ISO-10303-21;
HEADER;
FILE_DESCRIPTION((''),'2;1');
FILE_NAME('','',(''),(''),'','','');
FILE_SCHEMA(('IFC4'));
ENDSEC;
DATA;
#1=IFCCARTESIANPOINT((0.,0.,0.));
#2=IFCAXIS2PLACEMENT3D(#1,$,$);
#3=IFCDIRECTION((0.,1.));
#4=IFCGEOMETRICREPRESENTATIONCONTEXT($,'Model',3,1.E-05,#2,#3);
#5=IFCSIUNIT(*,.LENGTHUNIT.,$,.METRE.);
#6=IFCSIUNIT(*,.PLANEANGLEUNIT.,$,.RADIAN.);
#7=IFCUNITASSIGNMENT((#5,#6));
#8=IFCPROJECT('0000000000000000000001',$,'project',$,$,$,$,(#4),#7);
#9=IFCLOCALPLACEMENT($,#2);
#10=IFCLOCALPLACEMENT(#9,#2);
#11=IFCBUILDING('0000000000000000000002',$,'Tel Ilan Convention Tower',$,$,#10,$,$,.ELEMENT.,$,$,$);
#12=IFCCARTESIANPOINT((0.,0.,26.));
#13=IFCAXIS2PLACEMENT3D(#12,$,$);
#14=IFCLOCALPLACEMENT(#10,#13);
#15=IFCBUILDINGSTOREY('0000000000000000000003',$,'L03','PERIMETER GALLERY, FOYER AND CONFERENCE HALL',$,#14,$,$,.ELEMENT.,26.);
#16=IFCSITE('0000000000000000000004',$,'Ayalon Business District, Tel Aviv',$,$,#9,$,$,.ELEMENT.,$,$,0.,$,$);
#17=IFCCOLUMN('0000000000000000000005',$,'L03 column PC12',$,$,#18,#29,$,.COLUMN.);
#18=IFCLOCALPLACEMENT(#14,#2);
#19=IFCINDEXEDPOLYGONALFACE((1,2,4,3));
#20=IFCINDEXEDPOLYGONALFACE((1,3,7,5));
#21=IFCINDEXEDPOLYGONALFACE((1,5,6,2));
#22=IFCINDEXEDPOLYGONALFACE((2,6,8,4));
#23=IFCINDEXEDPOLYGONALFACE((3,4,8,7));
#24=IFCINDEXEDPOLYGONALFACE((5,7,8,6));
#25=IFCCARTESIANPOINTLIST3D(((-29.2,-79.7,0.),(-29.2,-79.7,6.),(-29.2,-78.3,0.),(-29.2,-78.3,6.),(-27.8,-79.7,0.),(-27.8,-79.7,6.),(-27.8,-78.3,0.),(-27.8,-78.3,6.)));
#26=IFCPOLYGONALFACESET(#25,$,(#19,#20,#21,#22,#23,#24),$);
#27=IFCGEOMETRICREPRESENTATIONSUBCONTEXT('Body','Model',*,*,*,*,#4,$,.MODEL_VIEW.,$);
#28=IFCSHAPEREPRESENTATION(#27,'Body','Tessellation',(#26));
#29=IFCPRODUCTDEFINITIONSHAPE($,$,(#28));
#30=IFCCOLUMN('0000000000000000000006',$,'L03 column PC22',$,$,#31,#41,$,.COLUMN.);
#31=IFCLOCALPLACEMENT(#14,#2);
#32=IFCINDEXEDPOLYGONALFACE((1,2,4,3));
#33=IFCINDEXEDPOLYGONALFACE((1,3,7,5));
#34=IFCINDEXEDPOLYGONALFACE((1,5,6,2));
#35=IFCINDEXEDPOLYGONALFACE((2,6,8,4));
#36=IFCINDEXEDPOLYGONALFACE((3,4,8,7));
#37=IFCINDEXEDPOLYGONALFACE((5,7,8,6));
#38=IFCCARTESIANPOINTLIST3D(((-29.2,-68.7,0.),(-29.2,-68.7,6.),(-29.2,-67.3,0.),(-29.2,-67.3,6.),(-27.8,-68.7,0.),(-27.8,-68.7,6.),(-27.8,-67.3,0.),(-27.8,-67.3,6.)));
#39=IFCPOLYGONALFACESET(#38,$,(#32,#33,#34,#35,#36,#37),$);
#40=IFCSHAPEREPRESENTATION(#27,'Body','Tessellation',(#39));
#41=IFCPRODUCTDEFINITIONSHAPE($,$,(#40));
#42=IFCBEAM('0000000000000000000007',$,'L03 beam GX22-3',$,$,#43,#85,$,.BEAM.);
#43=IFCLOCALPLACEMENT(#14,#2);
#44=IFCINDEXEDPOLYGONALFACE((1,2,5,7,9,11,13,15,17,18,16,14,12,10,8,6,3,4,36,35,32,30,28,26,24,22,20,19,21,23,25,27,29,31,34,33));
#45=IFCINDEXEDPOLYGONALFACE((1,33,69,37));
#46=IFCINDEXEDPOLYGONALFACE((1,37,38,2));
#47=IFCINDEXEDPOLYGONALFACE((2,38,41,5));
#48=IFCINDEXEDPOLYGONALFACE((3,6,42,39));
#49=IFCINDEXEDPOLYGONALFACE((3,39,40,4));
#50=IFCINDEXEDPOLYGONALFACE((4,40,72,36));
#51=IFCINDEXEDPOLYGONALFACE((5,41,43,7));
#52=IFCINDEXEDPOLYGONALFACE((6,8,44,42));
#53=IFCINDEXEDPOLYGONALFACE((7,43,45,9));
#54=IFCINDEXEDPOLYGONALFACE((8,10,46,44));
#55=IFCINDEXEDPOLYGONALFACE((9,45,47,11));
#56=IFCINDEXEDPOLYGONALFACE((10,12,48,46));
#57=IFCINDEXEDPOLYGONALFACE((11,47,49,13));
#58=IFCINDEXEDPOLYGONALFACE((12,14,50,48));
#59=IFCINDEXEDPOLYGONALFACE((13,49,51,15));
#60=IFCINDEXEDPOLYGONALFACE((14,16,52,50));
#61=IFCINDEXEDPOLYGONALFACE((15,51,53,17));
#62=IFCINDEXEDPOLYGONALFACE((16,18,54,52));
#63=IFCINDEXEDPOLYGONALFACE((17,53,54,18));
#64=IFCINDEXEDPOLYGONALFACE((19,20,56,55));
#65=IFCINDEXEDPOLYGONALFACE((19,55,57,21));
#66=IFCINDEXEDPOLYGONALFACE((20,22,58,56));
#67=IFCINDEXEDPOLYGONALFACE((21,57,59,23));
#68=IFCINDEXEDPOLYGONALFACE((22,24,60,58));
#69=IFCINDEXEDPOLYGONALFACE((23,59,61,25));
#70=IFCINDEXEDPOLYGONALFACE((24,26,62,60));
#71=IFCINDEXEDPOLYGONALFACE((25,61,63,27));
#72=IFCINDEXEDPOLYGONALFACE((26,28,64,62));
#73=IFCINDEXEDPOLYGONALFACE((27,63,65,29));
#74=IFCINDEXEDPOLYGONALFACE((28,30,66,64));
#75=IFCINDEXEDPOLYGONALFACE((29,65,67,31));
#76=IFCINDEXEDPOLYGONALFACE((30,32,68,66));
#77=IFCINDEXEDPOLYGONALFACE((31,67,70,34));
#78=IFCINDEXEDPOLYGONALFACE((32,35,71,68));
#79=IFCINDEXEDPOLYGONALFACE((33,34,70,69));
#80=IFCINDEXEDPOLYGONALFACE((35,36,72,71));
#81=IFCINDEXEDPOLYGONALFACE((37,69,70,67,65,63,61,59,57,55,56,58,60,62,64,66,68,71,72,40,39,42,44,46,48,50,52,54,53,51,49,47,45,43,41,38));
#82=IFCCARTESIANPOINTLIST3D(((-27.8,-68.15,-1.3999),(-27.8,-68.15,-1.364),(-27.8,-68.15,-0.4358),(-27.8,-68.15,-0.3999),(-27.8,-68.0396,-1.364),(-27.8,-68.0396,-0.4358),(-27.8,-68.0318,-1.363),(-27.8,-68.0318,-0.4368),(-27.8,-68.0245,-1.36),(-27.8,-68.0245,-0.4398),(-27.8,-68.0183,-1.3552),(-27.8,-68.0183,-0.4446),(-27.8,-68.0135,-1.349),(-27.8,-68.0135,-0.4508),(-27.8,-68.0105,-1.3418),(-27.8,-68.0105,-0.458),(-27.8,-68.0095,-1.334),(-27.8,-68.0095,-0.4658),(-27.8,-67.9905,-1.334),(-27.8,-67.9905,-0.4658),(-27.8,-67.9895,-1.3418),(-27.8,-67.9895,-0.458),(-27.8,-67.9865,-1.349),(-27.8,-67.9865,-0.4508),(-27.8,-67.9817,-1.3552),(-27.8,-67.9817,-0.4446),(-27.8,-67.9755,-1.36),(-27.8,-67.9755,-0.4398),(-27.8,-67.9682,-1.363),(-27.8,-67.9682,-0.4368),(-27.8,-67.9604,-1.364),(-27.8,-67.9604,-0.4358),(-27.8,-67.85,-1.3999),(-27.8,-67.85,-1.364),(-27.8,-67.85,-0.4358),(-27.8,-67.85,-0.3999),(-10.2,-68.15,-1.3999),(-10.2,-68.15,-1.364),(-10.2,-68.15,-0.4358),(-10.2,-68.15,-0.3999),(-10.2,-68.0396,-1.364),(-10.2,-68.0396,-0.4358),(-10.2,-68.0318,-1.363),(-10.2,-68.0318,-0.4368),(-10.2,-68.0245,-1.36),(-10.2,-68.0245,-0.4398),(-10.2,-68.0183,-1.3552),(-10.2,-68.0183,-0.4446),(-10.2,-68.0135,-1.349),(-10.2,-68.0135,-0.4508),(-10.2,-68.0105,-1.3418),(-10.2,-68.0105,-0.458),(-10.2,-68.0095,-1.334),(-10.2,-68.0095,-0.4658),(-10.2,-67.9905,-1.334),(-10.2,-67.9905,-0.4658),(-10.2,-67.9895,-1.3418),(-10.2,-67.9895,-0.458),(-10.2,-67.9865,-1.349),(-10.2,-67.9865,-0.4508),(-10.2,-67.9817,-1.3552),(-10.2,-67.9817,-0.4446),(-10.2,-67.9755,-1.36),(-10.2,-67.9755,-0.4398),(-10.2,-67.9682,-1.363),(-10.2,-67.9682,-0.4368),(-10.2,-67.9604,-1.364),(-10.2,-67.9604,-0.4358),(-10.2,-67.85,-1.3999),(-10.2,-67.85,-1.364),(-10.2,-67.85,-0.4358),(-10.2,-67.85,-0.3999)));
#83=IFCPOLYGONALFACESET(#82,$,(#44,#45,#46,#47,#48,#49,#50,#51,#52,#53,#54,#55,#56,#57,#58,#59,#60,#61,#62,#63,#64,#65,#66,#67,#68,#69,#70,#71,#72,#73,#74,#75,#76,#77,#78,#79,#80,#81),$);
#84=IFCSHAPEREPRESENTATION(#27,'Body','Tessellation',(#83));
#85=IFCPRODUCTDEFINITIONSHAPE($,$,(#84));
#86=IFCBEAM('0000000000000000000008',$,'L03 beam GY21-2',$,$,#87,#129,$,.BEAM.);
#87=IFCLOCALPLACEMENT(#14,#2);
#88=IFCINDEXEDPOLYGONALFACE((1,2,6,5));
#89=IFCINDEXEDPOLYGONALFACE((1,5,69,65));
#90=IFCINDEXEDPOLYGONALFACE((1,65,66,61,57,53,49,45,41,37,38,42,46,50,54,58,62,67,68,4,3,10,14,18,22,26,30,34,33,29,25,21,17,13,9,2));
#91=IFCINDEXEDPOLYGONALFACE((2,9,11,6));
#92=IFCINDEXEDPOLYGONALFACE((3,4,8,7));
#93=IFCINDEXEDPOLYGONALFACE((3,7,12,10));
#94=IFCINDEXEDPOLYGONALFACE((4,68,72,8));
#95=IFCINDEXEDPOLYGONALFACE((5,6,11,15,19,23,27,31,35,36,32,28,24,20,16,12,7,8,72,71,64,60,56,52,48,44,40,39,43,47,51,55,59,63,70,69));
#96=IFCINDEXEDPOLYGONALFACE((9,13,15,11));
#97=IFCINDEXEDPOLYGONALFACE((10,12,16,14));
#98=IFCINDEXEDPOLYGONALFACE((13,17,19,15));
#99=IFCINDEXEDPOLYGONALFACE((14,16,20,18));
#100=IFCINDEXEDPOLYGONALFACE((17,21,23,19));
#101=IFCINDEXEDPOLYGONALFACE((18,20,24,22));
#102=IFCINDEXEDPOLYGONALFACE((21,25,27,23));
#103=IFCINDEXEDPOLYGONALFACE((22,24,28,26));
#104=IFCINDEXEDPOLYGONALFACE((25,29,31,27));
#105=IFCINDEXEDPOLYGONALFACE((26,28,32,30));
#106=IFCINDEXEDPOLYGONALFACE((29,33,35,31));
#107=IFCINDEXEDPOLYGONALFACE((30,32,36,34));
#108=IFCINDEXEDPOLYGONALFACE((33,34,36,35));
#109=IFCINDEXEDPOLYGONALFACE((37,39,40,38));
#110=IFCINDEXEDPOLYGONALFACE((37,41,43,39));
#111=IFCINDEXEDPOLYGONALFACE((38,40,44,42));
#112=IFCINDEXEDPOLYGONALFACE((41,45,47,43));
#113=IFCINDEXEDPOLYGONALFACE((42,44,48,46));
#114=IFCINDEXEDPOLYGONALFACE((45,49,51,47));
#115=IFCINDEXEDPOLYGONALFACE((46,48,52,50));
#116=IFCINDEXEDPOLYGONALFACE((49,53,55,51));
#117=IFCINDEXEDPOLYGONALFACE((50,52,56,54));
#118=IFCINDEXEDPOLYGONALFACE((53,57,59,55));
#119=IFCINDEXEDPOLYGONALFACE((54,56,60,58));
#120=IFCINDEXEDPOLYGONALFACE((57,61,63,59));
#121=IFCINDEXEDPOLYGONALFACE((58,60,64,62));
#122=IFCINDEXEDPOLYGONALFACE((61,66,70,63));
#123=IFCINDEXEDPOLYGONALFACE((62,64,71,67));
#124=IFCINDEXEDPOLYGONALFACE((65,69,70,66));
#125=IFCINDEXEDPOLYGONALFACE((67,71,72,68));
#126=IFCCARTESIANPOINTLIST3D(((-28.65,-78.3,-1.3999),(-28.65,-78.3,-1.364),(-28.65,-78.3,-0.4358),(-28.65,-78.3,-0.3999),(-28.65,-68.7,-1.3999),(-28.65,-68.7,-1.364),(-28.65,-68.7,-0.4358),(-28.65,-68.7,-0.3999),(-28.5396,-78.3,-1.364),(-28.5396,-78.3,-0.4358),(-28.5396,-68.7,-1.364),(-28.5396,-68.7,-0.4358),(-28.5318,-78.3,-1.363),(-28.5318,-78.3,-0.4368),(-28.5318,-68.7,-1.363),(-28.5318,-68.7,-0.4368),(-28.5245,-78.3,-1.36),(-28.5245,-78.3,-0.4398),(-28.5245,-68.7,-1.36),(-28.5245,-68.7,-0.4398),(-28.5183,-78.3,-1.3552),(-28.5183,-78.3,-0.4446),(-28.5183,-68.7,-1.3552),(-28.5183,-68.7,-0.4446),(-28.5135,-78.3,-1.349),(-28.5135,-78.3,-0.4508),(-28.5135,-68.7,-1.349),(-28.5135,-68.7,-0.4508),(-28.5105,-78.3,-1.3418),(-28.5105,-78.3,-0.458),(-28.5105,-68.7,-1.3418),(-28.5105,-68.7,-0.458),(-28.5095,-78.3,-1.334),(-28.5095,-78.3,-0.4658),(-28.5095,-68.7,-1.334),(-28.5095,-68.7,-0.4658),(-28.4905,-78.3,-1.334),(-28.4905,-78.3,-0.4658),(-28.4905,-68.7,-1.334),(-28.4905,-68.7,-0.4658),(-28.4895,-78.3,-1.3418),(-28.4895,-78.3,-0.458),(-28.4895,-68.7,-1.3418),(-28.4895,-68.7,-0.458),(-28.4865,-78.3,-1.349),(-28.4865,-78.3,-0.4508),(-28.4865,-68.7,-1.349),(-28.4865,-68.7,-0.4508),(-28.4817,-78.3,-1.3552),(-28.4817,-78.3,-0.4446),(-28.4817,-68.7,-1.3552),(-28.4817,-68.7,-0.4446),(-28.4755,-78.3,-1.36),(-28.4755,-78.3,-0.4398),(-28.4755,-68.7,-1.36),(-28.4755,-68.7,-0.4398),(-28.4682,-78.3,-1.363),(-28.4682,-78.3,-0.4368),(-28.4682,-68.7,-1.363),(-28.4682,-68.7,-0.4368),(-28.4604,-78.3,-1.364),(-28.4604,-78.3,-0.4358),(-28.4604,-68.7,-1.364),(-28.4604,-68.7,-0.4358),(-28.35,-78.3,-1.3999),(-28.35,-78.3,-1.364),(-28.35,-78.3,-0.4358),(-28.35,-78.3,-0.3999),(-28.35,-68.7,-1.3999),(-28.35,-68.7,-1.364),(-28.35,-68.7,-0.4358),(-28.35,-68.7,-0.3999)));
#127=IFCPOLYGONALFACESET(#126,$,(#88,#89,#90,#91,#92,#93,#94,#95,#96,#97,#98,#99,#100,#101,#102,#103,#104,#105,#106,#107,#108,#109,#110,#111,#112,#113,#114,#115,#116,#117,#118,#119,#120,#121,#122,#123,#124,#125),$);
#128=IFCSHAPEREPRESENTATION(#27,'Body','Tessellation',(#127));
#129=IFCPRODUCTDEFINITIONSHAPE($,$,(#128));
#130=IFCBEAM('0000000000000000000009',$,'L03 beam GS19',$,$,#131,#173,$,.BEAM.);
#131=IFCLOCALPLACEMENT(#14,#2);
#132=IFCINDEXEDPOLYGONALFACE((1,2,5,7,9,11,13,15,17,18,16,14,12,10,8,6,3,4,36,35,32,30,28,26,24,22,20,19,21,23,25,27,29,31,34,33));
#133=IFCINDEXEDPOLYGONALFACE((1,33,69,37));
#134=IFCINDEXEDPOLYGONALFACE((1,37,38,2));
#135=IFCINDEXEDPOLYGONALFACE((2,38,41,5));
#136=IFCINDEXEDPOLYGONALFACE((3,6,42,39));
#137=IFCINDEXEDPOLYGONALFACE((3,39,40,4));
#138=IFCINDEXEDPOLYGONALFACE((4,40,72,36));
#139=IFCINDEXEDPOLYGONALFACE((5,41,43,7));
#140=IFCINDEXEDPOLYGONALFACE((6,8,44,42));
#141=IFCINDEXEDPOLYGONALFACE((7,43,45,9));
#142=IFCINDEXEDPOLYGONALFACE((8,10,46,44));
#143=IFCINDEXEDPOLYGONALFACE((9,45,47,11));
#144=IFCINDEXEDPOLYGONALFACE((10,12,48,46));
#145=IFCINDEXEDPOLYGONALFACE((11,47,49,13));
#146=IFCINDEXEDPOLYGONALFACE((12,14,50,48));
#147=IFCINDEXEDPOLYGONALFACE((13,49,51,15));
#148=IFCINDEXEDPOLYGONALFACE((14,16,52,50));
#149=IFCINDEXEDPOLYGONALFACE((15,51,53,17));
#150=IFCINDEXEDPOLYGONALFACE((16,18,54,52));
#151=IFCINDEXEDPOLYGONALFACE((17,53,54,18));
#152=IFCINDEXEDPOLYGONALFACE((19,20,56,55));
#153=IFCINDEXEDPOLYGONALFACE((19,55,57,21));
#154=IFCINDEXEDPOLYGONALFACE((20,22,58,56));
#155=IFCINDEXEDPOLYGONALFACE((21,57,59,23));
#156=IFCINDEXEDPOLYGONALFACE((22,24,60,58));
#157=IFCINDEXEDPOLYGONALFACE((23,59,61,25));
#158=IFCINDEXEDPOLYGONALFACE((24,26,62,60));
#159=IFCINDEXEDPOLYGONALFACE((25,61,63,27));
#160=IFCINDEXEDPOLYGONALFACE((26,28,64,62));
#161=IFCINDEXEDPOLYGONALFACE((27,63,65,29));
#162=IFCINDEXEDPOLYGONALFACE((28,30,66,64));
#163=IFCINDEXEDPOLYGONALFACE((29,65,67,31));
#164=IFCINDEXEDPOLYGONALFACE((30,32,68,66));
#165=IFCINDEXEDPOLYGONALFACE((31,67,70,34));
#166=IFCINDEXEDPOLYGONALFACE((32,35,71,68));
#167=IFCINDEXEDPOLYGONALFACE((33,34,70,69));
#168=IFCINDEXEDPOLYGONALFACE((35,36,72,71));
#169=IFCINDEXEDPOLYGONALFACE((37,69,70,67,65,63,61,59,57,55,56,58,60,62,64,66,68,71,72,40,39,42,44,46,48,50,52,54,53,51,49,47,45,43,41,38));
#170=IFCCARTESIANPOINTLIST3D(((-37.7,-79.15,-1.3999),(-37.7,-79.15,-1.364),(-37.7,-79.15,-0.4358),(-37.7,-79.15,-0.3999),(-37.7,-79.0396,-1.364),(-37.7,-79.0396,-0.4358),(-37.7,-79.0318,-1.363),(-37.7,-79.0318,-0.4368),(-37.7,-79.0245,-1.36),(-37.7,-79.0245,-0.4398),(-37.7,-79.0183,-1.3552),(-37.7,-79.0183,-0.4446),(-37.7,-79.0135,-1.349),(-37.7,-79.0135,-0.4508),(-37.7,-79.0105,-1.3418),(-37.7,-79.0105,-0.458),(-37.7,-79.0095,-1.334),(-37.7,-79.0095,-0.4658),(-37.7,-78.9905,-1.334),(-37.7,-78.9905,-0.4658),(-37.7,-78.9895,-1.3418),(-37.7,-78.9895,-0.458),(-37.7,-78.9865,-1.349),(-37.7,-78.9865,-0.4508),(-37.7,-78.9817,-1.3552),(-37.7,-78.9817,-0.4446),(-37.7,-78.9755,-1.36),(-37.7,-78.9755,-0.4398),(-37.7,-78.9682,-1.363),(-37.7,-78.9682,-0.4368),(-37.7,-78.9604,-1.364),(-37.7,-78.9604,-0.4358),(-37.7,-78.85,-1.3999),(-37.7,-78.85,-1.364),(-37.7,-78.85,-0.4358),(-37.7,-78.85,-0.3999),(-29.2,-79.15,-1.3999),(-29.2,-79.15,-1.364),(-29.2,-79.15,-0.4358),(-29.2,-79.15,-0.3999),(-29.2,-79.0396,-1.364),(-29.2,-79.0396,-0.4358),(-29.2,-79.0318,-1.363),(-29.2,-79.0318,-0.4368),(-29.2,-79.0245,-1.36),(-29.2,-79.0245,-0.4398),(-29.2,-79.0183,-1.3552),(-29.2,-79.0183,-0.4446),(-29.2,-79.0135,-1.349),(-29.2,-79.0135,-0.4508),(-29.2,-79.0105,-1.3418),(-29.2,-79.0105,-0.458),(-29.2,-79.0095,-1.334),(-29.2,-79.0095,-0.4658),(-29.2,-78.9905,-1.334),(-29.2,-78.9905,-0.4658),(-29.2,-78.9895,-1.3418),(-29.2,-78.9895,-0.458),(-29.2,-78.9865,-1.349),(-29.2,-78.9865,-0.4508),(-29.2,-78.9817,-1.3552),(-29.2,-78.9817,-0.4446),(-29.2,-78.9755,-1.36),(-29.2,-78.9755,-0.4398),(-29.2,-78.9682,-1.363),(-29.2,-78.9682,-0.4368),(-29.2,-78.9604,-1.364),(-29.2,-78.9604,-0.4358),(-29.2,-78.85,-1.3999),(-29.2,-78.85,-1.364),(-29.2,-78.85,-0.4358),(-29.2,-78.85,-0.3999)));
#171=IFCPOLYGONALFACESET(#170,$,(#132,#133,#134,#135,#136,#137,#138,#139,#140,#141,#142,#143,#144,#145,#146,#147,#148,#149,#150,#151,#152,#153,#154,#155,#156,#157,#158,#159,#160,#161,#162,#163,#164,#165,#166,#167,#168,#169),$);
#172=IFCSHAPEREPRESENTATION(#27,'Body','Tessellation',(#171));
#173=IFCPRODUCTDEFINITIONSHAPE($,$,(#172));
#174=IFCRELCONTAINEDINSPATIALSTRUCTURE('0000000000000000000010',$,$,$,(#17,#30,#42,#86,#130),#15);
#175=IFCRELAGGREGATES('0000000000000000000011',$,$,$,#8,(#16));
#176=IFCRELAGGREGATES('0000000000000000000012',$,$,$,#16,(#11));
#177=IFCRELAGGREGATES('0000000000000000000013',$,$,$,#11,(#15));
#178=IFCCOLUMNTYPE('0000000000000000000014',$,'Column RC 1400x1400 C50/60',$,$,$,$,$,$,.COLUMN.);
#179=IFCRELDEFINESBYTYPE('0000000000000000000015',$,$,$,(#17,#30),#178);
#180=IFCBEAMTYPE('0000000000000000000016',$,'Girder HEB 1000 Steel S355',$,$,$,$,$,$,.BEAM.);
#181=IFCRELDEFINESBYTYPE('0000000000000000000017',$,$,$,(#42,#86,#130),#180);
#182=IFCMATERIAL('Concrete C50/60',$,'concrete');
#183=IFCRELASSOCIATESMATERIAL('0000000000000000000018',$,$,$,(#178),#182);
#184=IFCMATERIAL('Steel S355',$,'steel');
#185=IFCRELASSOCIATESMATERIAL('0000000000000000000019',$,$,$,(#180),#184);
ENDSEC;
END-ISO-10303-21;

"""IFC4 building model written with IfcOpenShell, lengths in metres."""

from ifc_helpers import new_model, si_unit, direction, frame, origin, origin_2d, place, context, subcontext, project, spatial, rectangle, i_section, extrude, material, material_profile, profile_set, type_object, element, save


model = new_model("IFC4")

# Units and contexts
model_context = context("Model", 3, precision=1e-05, world=origin(), true_north=direction((0.0, 1.0)))
body_context = subcontext(model_context, "Body", "Model", "MODEL_VIEW")
ifc_project = project(units=[si_unit("LENGTHUNIT", "METRE"), si_unit("PLANEANGLEUNIT", "RADIAN")], contexts=[model_context])

# Site, building, storey
site_placement = place(None, origin())
site = spatial("IfcSite", under=ifc_project, at=site_placement, Name="Ayalon Business District, Tel Aviv", CompositionType="ELEMENT", RefElevation=0.0)
building_placement = place(site_placement, origin())
building = spatial("IfcBuilding", under=site, at=building_placement, Name="Tel Ilan Convention Tower", CompositionType="ELEMENT")
storey_placement = place(building_placement, frame((0.0, 0.0, 26.0)))
storey = spatial("IfcBuildingStorey", under=building, at=storey_placement, Name="L03", Description="PERIMETER GALLERY, FOYER AND CONFERENCE HALL", CompositionType="ELEMENT", Elevation=26.0)

# Columns
ifc_material_1 = material(Name="Concrete C50/60", Category="concrete")
ifc_material_profile_1 = material_profile(ifc_material_1, rectangle(XDim=1.3999, YDim=1.3999, at=origin_2d()), Name="RC 1400x1400")
ifc_profile_set_1 = profile_set([ifc_material_profile_1], Name="Concrete C50/60")
column_type = type_object("IfcColumnType", Name="Column RC 1400x1400 C50/60", PredefinedType="COLUMN", material=ifc_profile_set_1)
for number, where, z_axis, x_axis, name in (
    (1, (-28.5, -79.0, 0.0), (0.0, 0.0, 1.0), (1.0, 0.0, 0.0), "L03 column PC12"),
    (2, (-28.5, -68.0, 0.0), (0.0, 0.0, 1.0), (1.0, 0.0, 0.0), "L03 column PC22"),
):
    element("IfcColumn", number, at=place(storey_placement, frame(where, z_axis=z_axis, x_axis=x_axis)), inside=storey, type_object=column_type, Name=name, PredefinedType="COLUMN", context=body_context, shape_type="SweptSolid", body=[
        extrude(rectangle(XDim=1.3999, YDim=1.3999, at=origin_2d()), origin(), (0.0, 0.0, 1.0), 6.0),
    ])

# Beams
ifc_material_2 = material(Name="Steel S355", Category="steel")
ifc_material_profile_2 = material_profile(ifc_material_2, i_section(OverallWidth=0.3, OverallDepth=1.0, WebThickness=0.019, FlangeThickness=0.0359, FilletRadius=0.03, at=origin_2d()), Name="HEB 1000")
ifc_profile_set_2 = profile_set([ifc_material_profile_2], Name="Steel S355")
beam_type_1 = type_object("IfcBeamType", Name="Girder HEB 1000 Steel S355", PredefinedType="BEAM", material=ifc_profile_set_2)
beam_1_placement = place(storey_placement, frame((-27.8, -68.0, -0.8999), z_axis=(1.0, 0.0, 0.0), x_axis=(0.0, 1.0, 0.0)))
element("IfcBeam", 3, at=beam_1_placement, inside=storey, type_object=beam_type_1, Name="L03 beam GX22-3", PredefinedType="BEAM", context=body_context, shape_type="SweptSolid", body=[
    extrude(i_section(OverallWidth=0.3, OverallDepth=1.0, WebThickness=0.019, FlangeThickness=0.0359, FilletRadius=0.03, at=origin_2d()), origin(), (0.0, 0.0, 1.0), 17.6001),
])
beam_2_placement = place(storey_placement, frame((-28.5, -78.3, -0.8999), z_axis=(0.0, 1.0, 0.0), x_axis=(-1.0, 0.0, 0.0)))
element("IfcBeam", 4, at=beam_2_placement, inside=storey, type_object=beam_type_1, Name="L03 beam GY21-2", PredefinedType="BEAM", context=body_context, shape_type="SweptSolid", body=[
    extrude(i_section(OverallWidth=0.3, OverallDepth=1.0, WebThickness=0.019, FlangeThickness=0.0359, FilletRadius=0.03, at=origin_2d()), origin(), (0.0, 0.0, 1.0), 9.6001),
])
for number, where, z_axis, x_axis, name in (
    (5, (-37.7, -79.0, -0.8999), (1.0, 0.0, 0.0), (0.0, 1.0, 0.0), "L03 beam GS19"),
):
    element("IfcBeam", number, at=place(storey_placement, frame(where, z_axis=z_axis, x_axis=x_axis)), inside=storey, type_object=beam_type_1, Name=name, PredefinedType="BEAM", context=body_context, shape_type="SweptSolid", body=[
        extrude(i_section(OverallWidth=0.3, OverallDepth=1.0, WebThickness=0.019, FlangeThickness=0.0359, FilletRadius=0.03, at=origin_2d()), origin(), (0.0, 0.0, 1.0), 8.5),
    ])

save(model, "model.ifc")
